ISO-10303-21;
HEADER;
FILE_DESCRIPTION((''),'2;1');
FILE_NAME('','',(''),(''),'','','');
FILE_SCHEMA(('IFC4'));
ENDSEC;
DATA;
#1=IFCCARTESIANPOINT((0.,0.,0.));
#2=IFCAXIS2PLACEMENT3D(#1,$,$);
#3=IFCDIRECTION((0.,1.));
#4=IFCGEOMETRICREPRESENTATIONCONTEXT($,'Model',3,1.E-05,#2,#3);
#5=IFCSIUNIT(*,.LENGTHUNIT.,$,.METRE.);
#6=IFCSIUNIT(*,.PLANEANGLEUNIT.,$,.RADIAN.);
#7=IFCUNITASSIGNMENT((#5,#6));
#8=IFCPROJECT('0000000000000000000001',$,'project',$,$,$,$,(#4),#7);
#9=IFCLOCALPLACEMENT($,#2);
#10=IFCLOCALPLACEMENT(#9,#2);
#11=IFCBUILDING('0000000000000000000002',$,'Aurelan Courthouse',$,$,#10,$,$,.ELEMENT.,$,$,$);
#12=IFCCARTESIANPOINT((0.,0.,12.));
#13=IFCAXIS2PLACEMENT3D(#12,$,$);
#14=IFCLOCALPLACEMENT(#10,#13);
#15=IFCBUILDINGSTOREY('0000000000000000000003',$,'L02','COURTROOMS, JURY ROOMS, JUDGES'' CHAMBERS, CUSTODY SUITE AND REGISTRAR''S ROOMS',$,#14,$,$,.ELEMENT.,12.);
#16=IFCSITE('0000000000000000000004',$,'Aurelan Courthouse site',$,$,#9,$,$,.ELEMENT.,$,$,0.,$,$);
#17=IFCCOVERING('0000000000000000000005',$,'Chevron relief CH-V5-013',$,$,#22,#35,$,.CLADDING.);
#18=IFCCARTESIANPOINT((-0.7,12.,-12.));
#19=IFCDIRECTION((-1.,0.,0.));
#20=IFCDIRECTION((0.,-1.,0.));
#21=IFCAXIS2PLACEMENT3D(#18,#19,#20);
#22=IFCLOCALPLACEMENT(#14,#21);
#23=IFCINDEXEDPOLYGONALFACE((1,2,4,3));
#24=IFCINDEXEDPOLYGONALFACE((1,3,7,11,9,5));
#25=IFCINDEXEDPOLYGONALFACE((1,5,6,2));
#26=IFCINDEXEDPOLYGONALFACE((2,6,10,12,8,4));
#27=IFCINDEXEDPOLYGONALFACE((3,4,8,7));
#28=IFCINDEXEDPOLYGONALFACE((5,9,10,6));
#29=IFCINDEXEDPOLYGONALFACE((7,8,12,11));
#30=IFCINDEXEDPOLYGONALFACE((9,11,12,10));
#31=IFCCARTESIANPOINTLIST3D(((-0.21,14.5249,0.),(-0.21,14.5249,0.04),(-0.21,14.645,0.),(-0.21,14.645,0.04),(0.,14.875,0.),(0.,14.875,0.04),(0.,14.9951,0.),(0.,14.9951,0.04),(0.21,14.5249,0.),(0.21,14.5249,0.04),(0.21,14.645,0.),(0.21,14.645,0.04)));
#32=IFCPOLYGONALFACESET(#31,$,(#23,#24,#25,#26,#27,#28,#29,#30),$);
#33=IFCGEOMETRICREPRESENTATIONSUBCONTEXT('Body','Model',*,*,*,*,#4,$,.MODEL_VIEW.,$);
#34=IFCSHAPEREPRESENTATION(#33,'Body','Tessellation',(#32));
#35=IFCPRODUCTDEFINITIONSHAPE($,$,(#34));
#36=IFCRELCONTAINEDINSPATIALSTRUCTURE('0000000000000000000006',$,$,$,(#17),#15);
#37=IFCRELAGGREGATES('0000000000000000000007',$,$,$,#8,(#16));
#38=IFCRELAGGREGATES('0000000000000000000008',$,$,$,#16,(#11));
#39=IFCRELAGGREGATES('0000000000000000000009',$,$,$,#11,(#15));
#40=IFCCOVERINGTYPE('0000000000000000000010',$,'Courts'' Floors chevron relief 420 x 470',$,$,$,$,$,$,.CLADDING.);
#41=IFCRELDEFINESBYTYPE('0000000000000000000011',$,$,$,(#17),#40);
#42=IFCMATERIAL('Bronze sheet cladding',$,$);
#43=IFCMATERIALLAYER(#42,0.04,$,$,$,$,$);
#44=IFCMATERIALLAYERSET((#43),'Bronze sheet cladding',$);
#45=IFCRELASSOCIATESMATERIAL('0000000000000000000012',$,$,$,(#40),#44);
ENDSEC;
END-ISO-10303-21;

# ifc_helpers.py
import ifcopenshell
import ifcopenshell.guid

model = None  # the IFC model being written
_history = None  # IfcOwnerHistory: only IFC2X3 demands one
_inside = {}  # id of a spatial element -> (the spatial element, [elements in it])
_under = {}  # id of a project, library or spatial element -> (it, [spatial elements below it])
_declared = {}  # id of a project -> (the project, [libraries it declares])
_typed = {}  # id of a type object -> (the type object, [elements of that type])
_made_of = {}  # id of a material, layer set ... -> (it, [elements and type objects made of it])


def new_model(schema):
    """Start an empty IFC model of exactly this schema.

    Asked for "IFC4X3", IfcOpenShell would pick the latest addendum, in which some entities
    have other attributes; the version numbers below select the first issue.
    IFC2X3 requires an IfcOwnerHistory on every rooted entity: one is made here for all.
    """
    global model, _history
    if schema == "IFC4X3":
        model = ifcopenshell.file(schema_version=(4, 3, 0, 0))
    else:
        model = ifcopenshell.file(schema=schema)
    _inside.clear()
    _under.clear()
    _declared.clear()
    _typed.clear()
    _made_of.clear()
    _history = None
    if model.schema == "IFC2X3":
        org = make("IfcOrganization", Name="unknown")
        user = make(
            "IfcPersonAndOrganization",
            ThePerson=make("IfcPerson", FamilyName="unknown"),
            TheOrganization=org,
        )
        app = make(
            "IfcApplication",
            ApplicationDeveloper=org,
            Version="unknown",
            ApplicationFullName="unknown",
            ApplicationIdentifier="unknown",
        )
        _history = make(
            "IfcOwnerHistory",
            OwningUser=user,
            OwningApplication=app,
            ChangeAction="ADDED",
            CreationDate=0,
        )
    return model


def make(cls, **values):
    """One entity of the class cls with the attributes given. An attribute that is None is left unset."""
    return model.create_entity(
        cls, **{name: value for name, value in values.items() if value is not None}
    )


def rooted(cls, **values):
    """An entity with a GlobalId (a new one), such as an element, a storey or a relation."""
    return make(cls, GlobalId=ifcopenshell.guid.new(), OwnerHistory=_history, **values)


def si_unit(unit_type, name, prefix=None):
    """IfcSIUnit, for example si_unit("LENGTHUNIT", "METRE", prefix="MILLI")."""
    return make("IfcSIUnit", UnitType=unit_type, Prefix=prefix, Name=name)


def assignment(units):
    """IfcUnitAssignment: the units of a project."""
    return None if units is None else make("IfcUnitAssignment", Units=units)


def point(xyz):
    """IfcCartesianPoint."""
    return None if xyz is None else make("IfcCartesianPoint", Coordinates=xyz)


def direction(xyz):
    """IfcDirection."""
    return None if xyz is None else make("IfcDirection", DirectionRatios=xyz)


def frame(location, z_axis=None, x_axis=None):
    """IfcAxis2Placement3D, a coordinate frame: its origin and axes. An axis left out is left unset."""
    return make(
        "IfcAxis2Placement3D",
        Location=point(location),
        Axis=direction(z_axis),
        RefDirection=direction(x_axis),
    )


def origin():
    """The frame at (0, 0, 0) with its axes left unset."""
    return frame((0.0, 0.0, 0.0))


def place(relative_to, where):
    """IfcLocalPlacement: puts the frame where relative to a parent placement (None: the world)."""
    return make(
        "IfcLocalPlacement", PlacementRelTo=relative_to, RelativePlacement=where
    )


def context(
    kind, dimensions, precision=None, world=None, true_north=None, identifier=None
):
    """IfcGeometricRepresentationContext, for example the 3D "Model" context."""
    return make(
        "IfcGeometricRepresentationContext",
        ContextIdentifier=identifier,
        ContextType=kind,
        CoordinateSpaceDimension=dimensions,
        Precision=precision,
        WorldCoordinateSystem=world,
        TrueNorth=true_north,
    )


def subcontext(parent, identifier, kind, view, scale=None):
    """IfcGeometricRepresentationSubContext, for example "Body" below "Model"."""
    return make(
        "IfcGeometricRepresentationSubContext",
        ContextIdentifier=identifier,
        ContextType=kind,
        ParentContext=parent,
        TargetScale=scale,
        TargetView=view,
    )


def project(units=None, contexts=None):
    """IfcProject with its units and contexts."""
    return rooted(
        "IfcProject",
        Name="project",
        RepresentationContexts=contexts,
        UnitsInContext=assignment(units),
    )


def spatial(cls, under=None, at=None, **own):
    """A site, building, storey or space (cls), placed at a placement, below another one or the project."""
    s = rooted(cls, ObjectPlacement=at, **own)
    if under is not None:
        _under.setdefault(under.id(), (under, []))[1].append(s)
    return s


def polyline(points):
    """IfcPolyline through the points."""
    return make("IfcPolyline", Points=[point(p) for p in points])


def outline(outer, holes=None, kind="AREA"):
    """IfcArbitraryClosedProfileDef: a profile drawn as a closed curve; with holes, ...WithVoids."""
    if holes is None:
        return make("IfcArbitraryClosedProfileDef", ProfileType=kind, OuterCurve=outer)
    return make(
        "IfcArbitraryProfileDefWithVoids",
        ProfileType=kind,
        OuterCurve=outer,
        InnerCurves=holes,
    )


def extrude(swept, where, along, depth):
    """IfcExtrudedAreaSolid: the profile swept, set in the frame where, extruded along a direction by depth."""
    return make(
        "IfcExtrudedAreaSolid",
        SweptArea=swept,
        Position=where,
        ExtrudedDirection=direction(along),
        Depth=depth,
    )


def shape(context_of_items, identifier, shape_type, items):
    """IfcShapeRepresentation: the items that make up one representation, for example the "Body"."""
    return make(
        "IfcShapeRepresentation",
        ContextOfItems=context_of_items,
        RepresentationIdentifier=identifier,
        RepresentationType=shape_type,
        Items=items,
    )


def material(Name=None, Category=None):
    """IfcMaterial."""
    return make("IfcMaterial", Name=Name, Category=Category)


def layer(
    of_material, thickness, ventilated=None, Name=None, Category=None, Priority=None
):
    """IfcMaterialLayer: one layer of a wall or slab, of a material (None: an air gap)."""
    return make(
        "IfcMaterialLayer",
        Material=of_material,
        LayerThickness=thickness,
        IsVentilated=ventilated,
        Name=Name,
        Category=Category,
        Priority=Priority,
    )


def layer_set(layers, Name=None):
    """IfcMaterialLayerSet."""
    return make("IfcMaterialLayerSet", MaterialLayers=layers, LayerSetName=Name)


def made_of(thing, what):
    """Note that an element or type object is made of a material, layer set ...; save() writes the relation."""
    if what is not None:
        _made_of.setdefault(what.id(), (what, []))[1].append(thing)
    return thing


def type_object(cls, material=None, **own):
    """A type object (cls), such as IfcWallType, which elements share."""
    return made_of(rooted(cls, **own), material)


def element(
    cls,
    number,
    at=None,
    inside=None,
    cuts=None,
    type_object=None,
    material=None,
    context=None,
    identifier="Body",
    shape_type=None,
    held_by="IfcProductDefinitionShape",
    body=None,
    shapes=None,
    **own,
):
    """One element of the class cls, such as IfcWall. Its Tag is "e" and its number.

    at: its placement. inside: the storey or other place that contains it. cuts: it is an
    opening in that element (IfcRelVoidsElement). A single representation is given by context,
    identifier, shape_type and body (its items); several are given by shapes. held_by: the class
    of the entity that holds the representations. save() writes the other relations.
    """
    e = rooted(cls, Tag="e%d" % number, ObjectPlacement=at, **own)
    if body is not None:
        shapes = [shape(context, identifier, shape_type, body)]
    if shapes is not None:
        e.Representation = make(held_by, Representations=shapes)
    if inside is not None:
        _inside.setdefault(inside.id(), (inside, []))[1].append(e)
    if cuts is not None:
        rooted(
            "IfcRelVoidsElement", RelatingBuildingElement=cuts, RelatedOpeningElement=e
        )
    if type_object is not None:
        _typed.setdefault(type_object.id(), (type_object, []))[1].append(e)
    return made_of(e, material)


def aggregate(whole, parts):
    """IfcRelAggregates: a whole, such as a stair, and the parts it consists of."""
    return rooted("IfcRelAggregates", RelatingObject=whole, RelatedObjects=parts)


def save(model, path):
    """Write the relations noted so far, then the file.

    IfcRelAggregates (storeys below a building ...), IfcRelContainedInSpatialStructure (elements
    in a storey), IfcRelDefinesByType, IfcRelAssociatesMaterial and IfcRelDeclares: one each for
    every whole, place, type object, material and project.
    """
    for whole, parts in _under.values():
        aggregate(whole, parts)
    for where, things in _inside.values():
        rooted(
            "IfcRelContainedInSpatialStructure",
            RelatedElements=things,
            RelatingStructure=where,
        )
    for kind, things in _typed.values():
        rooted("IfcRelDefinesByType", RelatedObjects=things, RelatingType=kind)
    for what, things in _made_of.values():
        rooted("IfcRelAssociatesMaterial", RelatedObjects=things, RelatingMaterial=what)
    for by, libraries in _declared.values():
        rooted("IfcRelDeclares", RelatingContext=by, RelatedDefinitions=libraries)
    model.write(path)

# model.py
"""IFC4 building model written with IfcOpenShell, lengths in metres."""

from ifc_helpers import new_model, si_unit, direction, frame, origin, place, context, subcontext, project, spatial, polyline, outline, extrude, material, layer, layer_set, type_object, element, save


model = new_model("IFC4")

# Units and contexts
model_context = context("Model", 3, precision=1e-05, world=origin(), true_north=direction((0.0, 1.0)))
body_context = subcontext(model_context, "Body", "Model", "MODEL_VIEW")
ifc_project = project(units=[si_unit("LENGTHUNIT", "METRE"), si_unit("PLANEANGLEUNIT", "RADIAN")], contexts=[model_context])

# Site, building, storey
site_placement = place(None, origin())
site = spatial("IfcSite", under=ifc_project, at=site_placement, Name="Aurelan Courthouse site", CompositionType="ELEMENT", RefElevation=0.0)
building_placement = place(site_placement, origin())
building = spatial("IfcBuilding", under=site, at=building_placement, Name="Aurelan Courthouse", CompositionType="ELEMENT")
storey_placement = place(building_placement, frame((0.0, 0.0, 12.0)))
storey = spatial("IfcBuildingStorey", under=building, at=storey_placement, Name="L02", Description="COURTROOMS, JURY ROOMS, JUDGES' CHAMBERS, CUSTODY SUITE AND REGISTRAR'S ROOMS", CompositionType="ELEMENT", Elevation=12.0)

# Covering
ifc_material_1 = material(Name="Bronze sheet cladding")
ifc_layer_1 = layer(ifc_material_1, 0.04)
ifc_layer_set_1 = layer_set([ifc_layer_1], Name="Bronze sheet cladding")
covering_type_1 = type_object("IfcCoveringType", Name="Courts' Floors chevron relief 420 x 470", PredefinedType="CLADDING", material=ifc_layer_set_1)
covering_1_placement = place(storey_placement, frame((-0.7, 12.0, -12.0), z_axis=(-1.0, 0.0, 0.0), x_axis=(0.0, -1.0, 0.0)))
element("IfcCovering", 1, at=covering_1_placement, inside=storey, type_object=covering_type_1, Name="Chevron relief CH-V5-013", PredefinedType="CLADDING", context=body_context, shape_type="SweptSolid", body=[
    extrude(outline(polyline([(-0.21, 14.5249), (0.0, 14.875), (0.21, 14.5249), (0.21, 14.645), (0.0, 14.9951), (-0.21, 14.645), (-0.21, 14.5249)])), origin(), (0.0, 0.0, 1.0), 0.04),
])

save(model, "model.ifc")
